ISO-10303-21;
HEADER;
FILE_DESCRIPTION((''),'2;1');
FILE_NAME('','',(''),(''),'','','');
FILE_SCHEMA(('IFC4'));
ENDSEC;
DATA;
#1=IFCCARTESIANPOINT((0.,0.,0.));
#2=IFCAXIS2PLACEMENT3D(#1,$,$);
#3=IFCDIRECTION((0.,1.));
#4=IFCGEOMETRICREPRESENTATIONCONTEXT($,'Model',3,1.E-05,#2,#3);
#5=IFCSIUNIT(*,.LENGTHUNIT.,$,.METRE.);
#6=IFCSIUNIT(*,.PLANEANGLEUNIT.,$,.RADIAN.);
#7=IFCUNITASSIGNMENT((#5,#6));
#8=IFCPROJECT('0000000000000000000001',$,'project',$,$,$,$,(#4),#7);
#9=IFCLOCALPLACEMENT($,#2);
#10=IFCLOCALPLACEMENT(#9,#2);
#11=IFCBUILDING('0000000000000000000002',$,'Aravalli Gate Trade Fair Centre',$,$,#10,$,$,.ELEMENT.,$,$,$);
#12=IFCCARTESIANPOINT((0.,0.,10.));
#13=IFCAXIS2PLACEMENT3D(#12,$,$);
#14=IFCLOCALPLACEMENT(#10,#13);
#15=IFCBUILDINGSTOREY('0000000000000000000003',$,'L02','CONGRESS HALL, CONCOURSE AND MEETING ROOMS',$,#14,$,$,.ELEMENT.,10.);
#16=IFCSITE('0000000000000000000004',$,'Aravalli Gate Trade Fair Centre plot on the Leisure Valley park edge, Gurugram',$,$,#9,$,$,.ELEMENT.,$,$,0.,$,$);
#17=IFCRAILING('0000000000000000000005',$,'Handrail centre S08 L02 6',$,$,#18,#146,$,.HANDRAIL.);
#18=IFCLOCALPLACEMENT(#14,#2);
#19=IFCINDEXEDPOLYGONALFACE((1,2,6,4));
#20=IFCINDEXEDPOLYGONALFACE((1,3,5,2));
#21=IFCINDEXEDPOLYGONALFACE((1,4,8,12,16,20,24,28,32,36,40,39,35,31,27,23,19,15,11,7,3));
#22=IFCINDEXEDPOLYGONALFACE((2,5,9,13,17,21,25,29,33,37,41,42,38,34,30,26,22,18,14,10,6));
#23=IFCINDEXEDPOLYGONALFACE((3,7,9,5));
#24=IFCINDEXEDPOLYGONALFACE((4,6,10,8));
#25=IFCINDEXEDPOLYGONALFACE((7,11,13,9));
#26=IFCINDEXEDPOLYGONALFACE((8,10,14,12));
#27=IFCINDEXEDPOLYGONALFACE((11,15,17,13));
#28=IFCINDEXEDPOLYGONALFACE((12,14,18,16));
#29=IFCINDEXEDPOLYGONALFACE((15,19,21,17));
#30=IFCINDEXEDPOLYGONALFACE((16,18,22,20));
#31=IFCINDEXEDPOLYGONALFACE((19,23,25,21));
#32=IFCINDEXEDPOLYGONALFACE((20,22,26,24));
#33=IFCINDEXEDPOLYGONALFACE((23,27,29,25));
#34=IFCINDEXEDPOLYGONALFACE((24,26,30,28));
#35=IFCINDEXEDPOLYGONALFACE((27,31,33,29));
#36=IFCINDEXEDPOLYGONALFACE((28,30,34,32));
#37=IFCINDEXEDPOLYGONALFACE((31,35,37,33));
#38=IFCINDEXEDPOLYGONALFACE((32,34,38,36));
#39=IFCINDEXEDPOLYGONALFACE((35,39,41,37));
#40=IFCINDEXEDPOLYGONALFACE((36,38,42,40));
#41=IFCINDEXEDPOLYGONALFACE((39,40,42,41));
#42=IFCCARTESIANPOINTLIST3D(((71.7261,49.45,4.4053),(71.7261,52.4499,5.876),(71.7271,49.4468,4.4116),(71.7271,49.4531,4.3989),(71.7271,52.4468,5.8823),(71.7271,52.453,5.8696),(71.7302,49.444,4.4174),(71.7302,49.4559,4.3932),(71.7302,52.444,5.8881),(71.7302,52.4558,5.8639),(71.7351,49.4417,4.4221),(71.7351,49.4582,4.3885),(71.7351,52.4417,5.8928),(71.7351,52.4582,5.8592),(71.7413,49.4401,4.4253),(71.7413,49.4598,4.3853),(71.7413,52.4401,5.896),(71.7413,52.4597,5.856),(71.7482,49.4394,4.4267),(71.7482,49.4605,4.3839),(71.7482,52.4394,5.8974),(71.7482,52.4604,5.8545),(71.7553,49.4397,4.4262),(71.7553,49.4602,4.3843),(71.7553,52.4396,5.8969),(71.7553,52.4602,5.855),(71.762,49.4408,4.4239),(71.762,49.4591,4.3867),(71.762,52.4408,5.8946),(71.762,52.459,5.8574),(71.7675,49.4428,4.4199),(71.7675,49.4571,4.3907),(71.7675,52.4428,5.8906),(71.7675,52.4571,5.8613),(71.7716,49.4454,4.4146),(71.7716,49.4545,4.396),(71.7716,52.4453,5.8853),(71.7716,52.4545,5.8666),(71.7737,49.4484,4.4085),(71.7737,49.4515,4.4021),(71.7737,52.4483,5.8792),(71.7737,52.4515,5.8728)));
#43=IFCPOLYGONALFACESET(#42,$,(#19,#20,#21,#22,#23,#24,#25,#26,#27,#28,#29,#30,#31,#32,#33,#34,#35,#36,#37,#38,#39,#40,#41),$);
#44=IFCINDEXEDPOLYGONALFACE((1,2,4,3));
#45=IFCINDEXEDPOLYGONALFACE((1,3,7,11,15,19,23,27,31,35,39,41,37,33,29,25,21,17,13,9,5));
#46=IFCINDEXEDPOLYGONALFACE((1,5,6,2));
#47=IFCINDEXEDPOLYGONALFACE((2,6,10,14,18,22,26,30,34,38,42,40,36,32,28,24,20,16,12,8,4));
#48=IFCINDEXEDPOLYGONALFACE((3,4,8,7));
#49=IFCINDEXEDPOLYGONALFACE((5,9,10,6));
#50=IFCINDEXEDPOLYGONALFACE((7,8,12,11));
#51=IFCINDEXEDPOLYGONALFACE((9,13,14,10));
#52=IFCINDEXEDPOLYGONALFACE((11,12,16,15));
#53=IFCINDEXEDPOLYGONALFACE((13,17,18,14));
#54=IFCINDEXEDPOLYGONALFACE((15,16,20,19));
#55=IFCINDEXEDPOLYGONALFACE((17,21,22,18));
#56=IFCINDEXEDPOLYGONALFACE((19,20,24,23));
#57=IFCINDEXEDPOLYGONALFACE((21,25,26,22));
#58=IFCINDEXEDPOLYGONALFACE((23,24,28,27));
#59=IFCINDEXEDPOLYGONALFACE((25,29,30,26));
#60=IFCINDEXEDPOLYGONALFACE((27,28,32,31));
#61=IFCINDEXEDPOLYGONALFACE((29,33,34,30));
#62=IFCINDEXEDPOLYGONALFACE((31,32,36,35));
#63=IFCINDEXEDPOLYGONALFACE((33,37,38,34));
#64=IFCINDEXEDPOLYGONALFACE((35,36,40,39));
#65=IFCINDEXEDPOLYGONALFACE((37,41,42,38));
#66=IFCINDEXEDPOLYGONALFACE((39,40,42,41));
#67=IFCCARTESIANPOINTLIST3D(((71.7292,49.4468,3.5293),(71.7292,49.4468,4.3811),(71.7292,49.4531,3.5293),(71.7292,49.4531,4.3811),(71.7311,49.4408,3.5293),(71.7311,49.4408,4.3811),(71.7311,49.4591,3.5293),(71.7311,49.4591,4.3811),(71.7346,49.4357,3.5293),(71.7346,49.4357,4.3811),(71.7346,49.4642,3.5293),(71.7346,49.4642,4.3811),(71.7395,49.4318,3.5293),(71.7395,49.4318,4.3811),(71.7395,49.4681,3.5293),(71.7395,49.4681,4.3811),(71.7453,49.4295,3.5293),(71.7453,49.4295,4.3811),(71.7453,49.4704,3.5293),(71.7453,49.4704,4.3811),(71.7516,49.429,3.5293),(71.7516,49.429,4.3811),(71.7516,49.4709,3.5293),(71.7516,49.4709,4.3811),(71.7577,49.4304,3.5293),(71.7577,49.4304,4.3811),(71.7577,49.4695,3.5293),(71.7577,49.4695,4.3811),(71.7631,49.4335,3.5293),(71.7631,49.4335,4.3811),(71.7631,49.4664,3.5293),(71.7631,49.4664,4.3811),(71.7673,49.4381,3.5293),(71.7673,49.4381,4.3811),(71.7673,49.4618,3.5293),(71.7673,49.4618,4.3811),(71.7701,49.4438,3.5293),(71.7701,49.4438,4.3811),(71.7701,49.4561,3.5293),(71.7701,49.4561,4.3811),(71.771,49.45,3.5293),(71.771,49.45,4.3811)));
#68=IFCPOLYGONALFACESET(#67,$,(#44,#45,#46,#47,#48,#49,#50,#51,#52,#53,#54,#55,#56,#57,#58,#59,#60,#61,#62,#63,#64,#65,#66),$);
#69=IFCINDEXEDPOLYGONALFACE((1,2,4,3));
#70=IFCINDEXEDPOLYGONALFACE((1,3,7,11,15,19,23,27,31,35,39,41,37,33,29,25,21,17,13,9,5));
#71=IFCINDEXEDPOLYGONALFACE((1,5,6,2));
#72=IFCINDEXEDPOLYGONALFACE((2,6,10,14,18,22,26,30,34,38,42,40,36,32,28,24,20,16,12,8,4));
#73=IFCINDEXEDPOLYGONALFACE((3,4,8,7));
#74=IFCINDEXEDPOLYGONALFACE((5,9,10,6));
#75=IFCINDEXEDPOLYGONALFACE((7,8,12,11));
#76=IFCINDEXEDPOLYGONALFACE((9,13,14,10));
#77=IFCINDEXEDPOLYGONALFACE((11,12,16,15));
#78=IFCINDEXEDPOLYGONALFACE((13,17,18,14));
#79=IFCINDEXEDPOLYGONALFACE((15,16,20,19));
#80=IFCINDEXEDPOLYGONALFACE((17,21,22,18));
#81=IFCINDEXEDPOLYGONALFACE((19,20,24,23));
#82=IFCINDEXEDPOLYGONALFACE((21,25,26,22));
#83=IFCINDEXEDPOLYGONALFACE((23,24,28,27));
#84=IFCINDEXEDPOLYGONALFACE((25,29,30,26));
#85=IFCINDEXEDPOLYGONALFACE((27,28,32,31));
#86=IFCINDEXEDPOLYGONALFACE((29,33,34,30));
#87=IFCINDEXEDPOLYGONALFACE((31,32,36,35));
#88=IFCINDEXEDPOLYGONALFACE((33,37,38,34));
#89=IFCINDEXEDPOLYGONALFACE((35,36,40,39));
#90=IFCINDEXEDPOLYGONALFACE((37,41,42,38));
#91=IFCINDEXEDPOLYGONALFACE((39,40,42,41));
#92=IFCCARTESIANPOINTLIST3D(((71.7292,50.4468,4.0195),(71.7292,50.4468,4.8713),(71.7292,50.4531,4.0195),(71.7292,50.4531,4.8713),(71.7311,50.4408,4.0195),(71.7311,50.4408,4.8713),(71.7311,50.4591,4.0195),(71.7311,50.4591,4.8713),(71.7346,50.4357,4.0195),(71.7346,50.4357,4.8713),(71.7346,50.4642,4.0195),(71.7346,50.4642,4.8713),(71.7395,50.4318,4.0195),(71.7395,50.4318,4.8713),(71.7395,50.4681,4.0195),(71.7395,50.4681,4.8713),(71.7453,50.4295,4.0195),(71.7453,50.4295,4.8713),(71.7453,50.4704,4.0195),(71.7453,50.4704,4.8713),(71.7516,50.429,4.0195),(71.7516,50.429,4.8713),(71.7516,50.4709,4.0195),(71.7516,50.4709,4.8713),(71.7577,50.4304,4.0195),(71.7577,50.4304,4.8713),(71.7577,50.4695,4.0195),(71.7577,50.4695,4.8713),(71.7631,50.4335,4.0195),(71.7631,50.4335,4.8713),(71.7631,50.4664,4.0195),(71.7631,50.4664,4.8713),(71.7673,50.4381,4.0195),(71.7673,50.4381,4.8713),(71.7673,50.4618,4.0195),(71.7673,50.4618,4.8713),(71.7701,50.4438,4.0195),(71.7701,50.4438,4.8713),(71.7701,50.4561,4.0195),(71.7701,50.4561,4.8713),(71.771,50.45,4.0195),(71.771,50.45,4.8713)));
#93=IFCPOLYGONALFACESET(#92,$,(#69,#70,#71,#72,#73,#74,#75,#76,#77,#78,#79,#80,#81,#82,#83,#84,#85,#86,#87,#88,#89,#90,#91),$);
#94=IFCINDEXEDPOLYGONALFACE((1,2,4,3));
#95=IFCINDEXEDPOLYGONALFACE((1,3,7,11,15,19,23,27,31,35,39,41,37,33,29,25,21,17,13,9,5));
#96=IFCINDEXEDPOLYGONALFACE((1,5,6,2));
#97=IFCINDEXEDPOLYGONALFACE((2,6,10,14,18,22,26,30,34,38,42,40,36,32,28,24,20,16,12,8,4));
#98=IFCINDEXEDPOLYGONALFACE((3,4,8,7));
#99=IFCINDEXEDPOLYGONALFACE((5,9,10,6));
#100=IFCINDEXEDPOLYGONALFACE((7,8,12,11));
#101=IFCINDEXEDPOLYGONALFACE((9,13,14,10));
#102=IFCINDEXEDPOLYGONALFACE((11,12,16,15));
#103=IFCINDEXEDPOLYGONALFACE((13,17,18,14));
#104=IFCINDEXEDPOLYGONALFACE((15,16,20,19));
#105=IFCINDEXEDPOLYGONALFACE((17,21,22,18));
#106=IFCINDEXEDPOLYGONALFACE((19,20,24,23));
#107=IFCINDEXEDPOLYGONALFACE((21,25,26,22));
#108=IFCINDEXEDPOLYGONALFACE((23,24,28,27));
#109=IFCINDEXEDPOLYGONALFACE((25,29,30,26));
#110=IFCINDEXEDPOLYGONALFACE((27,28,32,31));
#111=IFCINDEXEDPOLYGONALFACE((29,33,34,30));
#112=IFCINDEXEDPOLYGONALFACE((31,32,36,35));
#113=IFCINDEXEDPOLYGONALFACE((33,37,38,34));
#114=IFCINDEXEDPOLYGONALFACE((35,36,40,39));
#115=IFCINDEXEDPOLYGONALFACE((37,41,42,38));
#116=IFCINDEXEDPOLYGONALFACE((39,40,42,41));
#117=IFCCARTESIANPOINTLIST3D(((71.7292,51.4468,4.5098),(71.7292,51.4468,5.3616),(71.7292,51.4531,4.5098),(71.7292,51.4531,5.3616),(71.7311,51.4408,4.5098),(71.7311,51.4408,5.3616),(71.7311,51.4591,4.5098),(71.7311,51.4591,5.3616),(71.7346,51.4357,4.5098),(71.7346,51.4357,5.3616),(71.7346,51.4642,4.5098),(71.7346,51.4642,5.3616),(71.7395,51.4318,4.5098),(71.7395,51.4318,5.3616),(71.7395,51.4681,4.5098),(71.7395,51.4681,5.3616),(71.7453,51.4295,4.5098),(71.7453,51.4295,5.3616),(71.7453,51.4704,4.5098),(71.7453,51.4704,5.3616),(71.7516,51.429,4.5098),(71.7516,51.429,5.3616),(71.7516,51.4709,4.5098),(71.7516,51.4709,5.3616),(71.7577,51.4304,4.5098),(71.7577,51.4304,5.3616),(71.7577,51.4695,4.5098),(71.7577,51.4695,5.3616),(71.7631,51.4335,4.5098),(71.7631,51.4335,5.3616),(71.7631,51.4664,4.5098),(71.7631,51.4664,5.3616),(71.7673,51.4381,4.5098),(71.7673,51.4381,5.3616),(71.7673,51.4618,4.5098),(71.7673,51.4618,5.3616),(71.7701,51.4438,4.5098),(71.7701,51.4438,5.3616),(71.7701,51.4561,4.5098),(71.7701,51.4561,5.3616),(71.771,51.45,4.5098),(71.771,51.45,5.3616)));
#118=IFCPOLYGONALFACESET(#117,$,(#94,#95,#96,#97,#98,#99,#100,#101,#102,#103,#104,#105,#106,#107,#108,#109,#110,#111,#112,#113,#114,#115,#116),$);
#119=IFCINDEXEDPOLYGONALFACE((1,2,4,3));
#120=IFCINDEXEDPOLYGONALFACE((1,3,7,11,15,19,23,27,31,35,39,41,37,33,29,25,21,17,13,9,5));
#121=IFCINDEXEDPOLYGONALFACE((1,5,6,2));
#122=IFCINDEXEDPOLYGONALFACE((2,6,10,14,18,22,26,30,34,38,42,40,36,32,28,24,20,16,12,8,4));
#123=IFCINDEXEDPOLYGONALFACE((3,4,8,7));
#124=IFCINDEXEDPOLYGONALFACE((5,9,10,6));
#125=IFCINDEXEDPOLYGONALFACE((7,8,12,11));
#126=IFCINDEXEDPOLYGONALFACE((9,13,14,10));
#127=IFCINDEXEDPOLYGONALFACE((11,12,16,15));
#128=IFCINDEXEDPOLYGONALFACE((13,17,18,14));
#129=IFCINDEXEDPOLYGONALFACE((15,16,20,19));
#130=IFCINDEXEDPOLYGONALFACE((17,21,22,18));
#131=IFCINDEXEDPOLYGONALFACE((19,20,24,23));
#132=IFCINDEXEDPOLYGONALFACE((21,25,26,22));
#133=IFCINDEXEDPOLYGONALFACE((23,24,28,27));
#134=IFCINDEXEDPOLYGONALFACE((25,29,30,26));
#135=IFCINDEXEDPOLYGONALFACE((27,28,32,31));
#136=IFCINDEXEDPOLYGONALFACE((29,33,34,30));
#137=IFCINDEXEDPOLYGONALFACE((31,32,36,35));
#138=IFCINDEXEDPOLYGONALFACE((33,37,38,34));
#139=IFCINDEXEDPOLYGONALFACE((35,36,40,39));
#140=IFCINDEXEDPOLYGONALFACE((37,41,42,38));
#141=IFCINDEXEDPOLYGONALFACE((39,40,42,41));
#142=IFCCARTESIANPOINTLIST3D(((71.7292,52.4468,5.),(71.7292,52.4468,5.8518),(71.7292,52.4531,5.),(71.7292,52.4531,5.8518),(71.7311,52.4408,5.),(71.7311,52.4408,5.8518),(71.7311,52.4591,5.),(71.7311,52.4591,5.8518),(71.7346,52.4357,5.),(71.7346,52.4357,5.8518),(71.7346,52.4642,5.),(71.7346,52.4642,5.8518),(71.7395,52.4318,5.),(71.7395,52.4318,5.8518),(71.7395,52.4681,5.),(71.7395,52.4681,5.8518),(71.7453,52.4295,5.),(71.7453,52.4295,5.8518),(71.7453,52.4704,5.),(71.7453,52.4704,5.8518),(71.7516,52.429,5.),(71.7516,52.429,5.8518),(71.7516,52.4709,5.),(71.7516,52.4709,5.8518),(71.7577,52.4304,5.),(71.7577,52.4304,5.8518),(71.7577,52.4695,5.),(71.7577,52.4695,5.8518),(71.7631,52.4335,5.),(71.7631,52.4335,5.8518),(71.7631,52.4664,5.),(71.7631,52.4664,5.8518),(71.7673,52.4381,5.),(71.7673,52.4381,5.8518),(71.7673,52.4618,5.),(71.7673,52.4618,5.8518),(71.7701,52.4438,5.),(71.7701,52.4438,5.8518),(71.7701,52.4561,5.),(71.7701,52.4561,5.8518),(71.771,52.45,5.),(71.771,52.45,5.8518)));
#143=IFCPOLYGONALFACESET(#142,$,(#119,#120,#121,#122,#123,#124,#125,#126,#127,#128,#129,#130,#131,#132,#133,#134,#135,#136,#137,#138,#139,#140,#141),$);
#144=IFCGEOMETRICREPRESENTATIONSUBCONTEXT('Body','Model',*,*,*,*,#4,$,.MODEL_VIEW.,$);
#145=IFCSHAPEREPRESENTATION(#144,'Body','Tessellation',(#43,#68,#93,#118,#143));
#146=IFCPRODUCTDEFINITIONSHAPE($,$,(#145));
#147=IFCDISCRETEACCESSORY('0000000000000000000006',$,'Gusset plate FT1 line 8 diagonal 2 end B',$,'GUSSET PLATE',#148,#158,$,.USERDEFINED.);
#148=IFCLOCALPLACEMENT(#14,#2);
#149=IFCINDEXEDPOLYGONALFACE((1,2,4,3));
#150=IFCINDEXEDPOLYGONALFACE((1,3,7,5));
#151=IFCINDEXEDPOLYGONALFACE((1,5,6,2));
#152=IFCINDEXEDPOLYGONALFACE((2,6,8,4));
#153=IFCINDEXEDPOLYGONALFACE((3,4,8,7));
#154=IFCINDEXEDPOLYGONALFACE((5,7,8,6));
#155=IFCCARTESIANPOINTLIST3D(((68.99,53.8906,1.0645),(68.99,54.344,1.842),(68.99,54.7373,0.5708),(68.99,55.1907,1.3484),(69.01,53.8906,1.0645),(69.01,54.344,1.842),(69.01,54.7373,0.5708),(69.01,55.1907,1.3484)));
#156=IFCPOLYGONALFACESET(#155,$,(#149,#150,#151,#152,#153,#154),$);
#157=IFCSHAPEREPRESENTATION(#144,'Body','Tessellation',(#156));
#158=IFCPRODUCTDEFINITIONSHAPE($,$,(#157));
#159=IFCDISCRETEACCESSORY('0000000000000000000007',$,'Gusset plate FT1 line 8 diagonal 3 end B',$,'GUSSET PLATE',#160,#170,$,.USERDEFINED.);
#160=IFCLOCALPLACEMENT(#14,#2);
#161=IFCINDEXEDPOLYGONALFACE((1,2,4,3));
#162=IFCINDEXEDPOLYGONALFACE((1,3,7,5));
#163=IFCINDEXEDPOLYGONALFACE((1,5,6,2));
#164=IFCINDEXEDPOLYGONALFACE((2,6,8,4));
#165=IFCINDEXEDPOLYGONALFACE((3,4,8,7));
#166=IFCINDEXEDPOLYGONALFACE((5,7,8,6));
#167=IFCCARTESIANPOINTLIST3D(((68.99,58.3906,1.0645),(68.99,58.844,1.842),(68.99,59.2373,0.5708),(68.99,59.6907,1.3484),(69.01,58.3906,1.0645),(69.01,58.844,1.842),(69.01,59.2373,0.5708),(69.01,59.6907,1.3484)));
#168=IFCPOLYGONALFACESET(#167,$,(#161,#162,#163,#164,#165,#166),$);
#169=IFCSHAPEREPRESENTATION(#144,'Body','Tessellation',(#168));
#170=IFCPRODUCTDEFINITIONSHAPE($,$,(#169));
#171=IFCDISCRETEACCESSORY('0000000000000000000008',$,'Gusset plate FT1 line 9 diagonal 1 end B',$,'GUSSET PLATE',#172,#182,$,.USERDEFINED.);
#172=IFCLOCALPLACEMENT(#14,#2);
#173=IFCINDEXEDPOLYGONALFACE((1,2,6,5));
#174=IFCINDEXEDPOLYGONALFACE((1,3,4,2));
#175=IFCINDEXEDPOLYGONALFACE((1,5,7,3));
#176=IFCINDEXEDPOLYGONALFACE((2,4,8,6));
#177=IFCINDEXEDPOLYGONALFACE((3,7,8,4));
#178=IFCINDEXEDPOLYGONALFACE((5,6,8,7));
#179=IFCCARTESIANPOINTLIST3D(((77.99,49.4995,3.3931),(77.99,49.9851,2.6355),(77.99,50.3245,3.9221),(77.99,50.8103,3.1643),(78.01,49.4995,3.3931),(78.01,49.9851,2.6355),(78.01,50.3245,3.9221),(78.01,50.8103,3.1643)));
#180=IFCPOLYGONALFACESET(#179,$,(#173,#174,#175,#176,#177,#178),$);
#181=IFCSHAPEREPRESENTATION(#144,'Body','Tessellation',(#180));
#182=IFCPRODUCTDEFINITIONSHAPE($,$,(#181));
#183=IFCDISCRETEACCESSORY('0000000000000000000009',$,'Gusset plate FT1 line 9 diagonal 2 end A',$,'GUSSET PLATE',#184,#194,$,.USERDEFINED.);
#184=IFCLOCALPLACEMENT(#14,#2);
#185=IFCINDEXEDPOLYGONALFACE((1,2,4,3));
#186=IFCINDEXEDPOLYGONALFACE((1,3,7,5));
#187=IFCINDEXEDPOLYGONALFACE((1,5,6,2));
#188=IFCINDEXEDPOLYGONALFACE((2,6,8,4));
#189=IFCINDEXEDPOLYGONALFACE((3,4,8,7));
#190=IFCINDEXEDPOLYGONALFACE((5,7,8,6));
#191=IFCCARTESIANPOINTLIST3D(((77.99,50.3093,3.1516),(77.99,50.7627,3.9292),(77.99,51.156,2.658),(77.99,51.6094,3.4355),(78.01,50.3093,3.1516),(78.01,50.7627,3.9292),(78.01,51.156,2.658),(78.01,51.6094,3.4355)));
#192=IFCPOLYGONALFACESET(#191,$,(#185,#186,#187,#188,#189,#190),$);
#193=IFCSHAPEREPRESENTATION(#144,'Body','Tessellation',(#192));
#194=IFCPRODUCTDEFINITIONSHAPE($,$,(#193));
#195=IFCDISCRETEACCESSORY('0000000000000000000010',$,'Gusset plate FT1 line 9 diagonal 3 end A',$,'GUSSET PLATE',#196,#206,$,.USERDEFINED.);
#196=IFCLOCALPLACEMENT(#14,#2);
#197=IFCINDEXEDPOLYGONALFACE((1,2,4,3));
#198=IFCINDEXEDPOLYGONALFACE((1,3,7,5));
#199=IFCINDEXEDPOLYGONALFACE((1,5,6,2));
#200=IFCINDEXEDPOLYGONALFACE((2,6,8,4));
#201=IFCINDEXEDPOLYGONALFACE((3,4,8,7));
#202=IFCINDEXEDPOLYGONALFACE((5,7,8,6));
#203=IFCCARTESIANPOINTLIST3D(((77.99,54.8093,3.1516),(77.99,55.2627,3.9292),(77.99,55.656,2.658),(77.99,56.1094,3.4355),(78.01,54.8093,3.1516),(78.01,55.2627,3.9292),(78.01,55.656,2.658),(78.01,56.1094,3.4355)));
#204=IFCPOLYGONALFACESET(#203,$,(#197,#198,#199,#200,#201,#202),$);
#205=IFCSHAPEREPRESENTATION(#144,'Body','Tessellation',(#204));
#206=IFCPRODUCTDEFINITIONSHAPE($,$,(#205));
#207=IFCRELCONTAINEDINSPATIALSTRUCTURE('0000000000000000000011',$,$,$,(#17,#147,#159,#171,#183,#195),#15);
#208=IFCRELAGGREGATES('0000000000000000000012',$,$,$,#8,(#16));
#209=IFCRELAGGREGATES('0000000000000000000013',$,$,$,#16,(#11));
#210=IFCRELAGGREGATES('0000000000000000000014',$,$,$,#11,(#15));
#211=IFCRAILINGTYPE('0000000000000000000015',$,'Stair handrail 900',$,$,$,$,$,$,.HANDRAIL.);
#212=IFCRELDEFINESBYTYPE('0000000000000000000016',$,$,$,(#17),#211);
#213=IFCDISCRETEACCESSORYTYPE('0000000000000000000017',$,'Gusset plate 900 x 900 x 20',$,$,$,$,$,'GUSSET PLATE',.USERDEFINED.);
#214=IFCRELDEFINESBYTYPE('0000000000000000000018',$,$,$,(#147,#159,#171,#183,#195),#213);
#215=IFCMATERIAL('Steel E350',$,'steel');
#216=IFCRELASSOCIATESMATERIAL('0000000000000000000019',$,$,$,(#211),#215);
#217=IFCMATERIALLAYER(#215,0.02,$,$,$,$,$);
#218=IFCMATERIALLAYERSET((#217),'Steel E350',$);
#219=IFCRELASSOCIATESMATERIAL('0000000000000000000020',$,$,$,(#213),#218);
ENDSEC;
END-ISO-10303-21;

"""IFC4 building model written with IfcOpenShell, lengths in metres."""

from ifc_helpers import new_model, si_unit, direction, frame, origin, origin_2d, place, context, subcontext, project, spatial, polyline, circle, outline, extrude, material, layer, layer_set, type_object, element, save


model = new_model("IFC4")

# Units and contexts
model_context = context("Model", 3, precision=1e-05, world=origin(), true_north=direction((0.0, 1.0)))
body_context = subcontext(model_context, "Body", "Model", "MODEL_VIEW")
ifc_project = project(units=[si_unit("LENGTHUNIT", "METRE"), si_unit("PLANEANGLEUNIT", "RADIAN")], contexts=[model_context])

# Site, building, storey
site_placement = place(None, origin())
site = spatial("IfcSite", under=ifc_project, at=site_placement, Name="Aravalli Gate Trade Fair Centre plot on the Leisure Valley park edge, Gurugram", CompositionType="ELEMENT", RefElevation=0.0)
building_placement = place(site_placement, origin())
building = spatial("IfcBuilding", under=site, at=building_placement, Name="Aravalli Gate Trade Fair Centre", CompositionType="ELEMENT")
storey_placement = place(building_placement, frame((0.0, 0.0, 10.0)))
storey = spatial("IfcBuildingStorey", under=building, at=storey_placement, Name="L02", Description="CONGRESS HALL, CONCOURSE AND MEETING ROOMS", CompositionType="ELEMENT", Elevation=10.0)

# Shared definitions
ifc_material_1 = material(Name="Steel E350", Category="steel")

# Railing
railing_type_1 = type_object("IfcRailingType", Name="Stair handrail 900", PredefinedType="HANDRAIL", material=ifc_material_1)
for number, where, name in (
    (1, (71.75, 49.45, 3.5293), "Handrail centre S08 L02 6"),
):
    element("IfcRailing", number, at=place(storey_placement, frame(where)), inside=storey, type_object=railing_type_1, Name=name, PredefinedType="HANDRAIL", context=body_context, shape_type="SweptSolid", body=[
        extrude(circle(Radius=0.0239, at=origin_2d()), frame((0.0, 0.0, 0.876), z_axis=(0.0, 0.897907, 0.440185), x_axis=(-1.0, 0.0, 0.0)), (0.0, 0.0, 1.0), 3.3411),
        extrude(circle(Radius=0.021, at=origin_2d()), origin(), (0.0, 0.0, 1.0), 0.8518),
        extrude(circle(Radius=0.021, at=origin_2d()), frame((0.0, 1.0, 0.4902)), (0.0, 0.0, 1.0), 0.8518),
        extrude(circle(Radius=0.021, at=origin_2d()), frame((0.0, 2.0, 0.9805)), (0.0, 0.0, 1.0), 0.8518),
        extrude(circle(Radius=0.021, at=origin_2d()), frame((0.0, 3.0, 1.4707)), (0.0, 0.0, 1.0), 0.8518),
    ])

# Discrete accessories
ifc_layer_1 = layer(ifc_material_1, 0.02)
ifc_layer_set_1 = layer_set([ifc_layer_1], Name="Steel E350")
discrete_accessory_type = type_object("IfcDiscreteAccessoryType", Name="Gusset plate 900 x 900 x 20", ElementType="GUSSET PLATE", PredefinedType="USERDEFINED", material=ifc_layer_set_1)
for number, where, z_axis, x_axis, name in (
    (2, (69.01, 53.8906, 1.0645), (1.0, 0.0, 0.0), (0.0, 0.863887, -0.503685), "Gusset plate FT1 line 8 diagonal 2 end B"),
    (3, (69.01, 58.3906, 1.0645), (1.0, 0.0, 0.0), (0.0, 0.863887, -0.503685), "Gusset plate FT1 line 8 diagonal 3 end B"),
):
    element("IfcDiscreteAccessory", number, at=place(storey_placement, frame(where, z_axis=z_axis, x_axis=x_axis)), inside=storey, type_object=discrete_accessory_type, Name=name, ObjectType="GUSSET PLATE", PredefinedType="USERDEFINED", context=body_context, shape_type="SweptSolid", body=[
        extrude(outline(polyline([(0.0, 0.0), (0.9801, 0.0), (0.9801, 0.9001), (0.0, 0.9001), (0.0, 0.0)])), origin(), (0.0, 0.0, -1.0), 0.02),
    ])
discrete_accessory_placement = place(storey_placement, frame((77.99, 49.4995, 3.3931), z_axis=(-1.0, 0.0, 0.0), x_axis=(0.0, 0.841769, 0.539838)))
element("IfcDiscreteAccessory", 4, at=discrete_accessory_placement, inside=storey, type_object=discrete_accessory_type, Name="Gusset plate FT1 line 9 diagonal 1 end B", ObjectType="GUSSET PLATE", PredefinedType="USERDEFINED", context=body_context, shape_type="SweptSolid", body=[
    extrude(outline(polyline([(0.0, 0.0), (0.98, 0.0), (0.9799, 0.9002), (-0.0002, 0.8998), (0.0, 0.0)])), origin(), (0.0, 0.0, -1.0), 0.02),
])
for number, where, z_axis, x_axis, name in (
    (5, (77.99, 51.156, 2.658), (-1.0, 0.0, 0.0), (0.0, -0.863887, 0.503685), "Gusset plate FT1 line 9 diagonal 2 end A"),
    (6, (77.99, 55.656, 2.658), (-1.0, 0.0, 0.0), (0.0, -0.863887, 0.503685), "Gusset plate FT1 line 9 diagonal 3 end A"),
):
    element("IfcDiscreteAccessory", number, at=place(storey_placement, frame(where, z_axis=z_axis, x_axis=x_axis)), inside=storey, type_object=discrete_accessory_type, Name=name, ObjectType="GUSSET PLATE", PredefinedType="USERDEFINED", context=body_context, shape_type="SweptSolid", body=[
        extrude(outline(polyline([(0.0, 0.0), (0.9801, 0.0), (0.9801, 0.9001), (0.0, 0.9001), (0.0, 0.0)])), origin(), (0.0, 0.0, -1.0), 0.02),
    ])

save(model, "model.ifc")
